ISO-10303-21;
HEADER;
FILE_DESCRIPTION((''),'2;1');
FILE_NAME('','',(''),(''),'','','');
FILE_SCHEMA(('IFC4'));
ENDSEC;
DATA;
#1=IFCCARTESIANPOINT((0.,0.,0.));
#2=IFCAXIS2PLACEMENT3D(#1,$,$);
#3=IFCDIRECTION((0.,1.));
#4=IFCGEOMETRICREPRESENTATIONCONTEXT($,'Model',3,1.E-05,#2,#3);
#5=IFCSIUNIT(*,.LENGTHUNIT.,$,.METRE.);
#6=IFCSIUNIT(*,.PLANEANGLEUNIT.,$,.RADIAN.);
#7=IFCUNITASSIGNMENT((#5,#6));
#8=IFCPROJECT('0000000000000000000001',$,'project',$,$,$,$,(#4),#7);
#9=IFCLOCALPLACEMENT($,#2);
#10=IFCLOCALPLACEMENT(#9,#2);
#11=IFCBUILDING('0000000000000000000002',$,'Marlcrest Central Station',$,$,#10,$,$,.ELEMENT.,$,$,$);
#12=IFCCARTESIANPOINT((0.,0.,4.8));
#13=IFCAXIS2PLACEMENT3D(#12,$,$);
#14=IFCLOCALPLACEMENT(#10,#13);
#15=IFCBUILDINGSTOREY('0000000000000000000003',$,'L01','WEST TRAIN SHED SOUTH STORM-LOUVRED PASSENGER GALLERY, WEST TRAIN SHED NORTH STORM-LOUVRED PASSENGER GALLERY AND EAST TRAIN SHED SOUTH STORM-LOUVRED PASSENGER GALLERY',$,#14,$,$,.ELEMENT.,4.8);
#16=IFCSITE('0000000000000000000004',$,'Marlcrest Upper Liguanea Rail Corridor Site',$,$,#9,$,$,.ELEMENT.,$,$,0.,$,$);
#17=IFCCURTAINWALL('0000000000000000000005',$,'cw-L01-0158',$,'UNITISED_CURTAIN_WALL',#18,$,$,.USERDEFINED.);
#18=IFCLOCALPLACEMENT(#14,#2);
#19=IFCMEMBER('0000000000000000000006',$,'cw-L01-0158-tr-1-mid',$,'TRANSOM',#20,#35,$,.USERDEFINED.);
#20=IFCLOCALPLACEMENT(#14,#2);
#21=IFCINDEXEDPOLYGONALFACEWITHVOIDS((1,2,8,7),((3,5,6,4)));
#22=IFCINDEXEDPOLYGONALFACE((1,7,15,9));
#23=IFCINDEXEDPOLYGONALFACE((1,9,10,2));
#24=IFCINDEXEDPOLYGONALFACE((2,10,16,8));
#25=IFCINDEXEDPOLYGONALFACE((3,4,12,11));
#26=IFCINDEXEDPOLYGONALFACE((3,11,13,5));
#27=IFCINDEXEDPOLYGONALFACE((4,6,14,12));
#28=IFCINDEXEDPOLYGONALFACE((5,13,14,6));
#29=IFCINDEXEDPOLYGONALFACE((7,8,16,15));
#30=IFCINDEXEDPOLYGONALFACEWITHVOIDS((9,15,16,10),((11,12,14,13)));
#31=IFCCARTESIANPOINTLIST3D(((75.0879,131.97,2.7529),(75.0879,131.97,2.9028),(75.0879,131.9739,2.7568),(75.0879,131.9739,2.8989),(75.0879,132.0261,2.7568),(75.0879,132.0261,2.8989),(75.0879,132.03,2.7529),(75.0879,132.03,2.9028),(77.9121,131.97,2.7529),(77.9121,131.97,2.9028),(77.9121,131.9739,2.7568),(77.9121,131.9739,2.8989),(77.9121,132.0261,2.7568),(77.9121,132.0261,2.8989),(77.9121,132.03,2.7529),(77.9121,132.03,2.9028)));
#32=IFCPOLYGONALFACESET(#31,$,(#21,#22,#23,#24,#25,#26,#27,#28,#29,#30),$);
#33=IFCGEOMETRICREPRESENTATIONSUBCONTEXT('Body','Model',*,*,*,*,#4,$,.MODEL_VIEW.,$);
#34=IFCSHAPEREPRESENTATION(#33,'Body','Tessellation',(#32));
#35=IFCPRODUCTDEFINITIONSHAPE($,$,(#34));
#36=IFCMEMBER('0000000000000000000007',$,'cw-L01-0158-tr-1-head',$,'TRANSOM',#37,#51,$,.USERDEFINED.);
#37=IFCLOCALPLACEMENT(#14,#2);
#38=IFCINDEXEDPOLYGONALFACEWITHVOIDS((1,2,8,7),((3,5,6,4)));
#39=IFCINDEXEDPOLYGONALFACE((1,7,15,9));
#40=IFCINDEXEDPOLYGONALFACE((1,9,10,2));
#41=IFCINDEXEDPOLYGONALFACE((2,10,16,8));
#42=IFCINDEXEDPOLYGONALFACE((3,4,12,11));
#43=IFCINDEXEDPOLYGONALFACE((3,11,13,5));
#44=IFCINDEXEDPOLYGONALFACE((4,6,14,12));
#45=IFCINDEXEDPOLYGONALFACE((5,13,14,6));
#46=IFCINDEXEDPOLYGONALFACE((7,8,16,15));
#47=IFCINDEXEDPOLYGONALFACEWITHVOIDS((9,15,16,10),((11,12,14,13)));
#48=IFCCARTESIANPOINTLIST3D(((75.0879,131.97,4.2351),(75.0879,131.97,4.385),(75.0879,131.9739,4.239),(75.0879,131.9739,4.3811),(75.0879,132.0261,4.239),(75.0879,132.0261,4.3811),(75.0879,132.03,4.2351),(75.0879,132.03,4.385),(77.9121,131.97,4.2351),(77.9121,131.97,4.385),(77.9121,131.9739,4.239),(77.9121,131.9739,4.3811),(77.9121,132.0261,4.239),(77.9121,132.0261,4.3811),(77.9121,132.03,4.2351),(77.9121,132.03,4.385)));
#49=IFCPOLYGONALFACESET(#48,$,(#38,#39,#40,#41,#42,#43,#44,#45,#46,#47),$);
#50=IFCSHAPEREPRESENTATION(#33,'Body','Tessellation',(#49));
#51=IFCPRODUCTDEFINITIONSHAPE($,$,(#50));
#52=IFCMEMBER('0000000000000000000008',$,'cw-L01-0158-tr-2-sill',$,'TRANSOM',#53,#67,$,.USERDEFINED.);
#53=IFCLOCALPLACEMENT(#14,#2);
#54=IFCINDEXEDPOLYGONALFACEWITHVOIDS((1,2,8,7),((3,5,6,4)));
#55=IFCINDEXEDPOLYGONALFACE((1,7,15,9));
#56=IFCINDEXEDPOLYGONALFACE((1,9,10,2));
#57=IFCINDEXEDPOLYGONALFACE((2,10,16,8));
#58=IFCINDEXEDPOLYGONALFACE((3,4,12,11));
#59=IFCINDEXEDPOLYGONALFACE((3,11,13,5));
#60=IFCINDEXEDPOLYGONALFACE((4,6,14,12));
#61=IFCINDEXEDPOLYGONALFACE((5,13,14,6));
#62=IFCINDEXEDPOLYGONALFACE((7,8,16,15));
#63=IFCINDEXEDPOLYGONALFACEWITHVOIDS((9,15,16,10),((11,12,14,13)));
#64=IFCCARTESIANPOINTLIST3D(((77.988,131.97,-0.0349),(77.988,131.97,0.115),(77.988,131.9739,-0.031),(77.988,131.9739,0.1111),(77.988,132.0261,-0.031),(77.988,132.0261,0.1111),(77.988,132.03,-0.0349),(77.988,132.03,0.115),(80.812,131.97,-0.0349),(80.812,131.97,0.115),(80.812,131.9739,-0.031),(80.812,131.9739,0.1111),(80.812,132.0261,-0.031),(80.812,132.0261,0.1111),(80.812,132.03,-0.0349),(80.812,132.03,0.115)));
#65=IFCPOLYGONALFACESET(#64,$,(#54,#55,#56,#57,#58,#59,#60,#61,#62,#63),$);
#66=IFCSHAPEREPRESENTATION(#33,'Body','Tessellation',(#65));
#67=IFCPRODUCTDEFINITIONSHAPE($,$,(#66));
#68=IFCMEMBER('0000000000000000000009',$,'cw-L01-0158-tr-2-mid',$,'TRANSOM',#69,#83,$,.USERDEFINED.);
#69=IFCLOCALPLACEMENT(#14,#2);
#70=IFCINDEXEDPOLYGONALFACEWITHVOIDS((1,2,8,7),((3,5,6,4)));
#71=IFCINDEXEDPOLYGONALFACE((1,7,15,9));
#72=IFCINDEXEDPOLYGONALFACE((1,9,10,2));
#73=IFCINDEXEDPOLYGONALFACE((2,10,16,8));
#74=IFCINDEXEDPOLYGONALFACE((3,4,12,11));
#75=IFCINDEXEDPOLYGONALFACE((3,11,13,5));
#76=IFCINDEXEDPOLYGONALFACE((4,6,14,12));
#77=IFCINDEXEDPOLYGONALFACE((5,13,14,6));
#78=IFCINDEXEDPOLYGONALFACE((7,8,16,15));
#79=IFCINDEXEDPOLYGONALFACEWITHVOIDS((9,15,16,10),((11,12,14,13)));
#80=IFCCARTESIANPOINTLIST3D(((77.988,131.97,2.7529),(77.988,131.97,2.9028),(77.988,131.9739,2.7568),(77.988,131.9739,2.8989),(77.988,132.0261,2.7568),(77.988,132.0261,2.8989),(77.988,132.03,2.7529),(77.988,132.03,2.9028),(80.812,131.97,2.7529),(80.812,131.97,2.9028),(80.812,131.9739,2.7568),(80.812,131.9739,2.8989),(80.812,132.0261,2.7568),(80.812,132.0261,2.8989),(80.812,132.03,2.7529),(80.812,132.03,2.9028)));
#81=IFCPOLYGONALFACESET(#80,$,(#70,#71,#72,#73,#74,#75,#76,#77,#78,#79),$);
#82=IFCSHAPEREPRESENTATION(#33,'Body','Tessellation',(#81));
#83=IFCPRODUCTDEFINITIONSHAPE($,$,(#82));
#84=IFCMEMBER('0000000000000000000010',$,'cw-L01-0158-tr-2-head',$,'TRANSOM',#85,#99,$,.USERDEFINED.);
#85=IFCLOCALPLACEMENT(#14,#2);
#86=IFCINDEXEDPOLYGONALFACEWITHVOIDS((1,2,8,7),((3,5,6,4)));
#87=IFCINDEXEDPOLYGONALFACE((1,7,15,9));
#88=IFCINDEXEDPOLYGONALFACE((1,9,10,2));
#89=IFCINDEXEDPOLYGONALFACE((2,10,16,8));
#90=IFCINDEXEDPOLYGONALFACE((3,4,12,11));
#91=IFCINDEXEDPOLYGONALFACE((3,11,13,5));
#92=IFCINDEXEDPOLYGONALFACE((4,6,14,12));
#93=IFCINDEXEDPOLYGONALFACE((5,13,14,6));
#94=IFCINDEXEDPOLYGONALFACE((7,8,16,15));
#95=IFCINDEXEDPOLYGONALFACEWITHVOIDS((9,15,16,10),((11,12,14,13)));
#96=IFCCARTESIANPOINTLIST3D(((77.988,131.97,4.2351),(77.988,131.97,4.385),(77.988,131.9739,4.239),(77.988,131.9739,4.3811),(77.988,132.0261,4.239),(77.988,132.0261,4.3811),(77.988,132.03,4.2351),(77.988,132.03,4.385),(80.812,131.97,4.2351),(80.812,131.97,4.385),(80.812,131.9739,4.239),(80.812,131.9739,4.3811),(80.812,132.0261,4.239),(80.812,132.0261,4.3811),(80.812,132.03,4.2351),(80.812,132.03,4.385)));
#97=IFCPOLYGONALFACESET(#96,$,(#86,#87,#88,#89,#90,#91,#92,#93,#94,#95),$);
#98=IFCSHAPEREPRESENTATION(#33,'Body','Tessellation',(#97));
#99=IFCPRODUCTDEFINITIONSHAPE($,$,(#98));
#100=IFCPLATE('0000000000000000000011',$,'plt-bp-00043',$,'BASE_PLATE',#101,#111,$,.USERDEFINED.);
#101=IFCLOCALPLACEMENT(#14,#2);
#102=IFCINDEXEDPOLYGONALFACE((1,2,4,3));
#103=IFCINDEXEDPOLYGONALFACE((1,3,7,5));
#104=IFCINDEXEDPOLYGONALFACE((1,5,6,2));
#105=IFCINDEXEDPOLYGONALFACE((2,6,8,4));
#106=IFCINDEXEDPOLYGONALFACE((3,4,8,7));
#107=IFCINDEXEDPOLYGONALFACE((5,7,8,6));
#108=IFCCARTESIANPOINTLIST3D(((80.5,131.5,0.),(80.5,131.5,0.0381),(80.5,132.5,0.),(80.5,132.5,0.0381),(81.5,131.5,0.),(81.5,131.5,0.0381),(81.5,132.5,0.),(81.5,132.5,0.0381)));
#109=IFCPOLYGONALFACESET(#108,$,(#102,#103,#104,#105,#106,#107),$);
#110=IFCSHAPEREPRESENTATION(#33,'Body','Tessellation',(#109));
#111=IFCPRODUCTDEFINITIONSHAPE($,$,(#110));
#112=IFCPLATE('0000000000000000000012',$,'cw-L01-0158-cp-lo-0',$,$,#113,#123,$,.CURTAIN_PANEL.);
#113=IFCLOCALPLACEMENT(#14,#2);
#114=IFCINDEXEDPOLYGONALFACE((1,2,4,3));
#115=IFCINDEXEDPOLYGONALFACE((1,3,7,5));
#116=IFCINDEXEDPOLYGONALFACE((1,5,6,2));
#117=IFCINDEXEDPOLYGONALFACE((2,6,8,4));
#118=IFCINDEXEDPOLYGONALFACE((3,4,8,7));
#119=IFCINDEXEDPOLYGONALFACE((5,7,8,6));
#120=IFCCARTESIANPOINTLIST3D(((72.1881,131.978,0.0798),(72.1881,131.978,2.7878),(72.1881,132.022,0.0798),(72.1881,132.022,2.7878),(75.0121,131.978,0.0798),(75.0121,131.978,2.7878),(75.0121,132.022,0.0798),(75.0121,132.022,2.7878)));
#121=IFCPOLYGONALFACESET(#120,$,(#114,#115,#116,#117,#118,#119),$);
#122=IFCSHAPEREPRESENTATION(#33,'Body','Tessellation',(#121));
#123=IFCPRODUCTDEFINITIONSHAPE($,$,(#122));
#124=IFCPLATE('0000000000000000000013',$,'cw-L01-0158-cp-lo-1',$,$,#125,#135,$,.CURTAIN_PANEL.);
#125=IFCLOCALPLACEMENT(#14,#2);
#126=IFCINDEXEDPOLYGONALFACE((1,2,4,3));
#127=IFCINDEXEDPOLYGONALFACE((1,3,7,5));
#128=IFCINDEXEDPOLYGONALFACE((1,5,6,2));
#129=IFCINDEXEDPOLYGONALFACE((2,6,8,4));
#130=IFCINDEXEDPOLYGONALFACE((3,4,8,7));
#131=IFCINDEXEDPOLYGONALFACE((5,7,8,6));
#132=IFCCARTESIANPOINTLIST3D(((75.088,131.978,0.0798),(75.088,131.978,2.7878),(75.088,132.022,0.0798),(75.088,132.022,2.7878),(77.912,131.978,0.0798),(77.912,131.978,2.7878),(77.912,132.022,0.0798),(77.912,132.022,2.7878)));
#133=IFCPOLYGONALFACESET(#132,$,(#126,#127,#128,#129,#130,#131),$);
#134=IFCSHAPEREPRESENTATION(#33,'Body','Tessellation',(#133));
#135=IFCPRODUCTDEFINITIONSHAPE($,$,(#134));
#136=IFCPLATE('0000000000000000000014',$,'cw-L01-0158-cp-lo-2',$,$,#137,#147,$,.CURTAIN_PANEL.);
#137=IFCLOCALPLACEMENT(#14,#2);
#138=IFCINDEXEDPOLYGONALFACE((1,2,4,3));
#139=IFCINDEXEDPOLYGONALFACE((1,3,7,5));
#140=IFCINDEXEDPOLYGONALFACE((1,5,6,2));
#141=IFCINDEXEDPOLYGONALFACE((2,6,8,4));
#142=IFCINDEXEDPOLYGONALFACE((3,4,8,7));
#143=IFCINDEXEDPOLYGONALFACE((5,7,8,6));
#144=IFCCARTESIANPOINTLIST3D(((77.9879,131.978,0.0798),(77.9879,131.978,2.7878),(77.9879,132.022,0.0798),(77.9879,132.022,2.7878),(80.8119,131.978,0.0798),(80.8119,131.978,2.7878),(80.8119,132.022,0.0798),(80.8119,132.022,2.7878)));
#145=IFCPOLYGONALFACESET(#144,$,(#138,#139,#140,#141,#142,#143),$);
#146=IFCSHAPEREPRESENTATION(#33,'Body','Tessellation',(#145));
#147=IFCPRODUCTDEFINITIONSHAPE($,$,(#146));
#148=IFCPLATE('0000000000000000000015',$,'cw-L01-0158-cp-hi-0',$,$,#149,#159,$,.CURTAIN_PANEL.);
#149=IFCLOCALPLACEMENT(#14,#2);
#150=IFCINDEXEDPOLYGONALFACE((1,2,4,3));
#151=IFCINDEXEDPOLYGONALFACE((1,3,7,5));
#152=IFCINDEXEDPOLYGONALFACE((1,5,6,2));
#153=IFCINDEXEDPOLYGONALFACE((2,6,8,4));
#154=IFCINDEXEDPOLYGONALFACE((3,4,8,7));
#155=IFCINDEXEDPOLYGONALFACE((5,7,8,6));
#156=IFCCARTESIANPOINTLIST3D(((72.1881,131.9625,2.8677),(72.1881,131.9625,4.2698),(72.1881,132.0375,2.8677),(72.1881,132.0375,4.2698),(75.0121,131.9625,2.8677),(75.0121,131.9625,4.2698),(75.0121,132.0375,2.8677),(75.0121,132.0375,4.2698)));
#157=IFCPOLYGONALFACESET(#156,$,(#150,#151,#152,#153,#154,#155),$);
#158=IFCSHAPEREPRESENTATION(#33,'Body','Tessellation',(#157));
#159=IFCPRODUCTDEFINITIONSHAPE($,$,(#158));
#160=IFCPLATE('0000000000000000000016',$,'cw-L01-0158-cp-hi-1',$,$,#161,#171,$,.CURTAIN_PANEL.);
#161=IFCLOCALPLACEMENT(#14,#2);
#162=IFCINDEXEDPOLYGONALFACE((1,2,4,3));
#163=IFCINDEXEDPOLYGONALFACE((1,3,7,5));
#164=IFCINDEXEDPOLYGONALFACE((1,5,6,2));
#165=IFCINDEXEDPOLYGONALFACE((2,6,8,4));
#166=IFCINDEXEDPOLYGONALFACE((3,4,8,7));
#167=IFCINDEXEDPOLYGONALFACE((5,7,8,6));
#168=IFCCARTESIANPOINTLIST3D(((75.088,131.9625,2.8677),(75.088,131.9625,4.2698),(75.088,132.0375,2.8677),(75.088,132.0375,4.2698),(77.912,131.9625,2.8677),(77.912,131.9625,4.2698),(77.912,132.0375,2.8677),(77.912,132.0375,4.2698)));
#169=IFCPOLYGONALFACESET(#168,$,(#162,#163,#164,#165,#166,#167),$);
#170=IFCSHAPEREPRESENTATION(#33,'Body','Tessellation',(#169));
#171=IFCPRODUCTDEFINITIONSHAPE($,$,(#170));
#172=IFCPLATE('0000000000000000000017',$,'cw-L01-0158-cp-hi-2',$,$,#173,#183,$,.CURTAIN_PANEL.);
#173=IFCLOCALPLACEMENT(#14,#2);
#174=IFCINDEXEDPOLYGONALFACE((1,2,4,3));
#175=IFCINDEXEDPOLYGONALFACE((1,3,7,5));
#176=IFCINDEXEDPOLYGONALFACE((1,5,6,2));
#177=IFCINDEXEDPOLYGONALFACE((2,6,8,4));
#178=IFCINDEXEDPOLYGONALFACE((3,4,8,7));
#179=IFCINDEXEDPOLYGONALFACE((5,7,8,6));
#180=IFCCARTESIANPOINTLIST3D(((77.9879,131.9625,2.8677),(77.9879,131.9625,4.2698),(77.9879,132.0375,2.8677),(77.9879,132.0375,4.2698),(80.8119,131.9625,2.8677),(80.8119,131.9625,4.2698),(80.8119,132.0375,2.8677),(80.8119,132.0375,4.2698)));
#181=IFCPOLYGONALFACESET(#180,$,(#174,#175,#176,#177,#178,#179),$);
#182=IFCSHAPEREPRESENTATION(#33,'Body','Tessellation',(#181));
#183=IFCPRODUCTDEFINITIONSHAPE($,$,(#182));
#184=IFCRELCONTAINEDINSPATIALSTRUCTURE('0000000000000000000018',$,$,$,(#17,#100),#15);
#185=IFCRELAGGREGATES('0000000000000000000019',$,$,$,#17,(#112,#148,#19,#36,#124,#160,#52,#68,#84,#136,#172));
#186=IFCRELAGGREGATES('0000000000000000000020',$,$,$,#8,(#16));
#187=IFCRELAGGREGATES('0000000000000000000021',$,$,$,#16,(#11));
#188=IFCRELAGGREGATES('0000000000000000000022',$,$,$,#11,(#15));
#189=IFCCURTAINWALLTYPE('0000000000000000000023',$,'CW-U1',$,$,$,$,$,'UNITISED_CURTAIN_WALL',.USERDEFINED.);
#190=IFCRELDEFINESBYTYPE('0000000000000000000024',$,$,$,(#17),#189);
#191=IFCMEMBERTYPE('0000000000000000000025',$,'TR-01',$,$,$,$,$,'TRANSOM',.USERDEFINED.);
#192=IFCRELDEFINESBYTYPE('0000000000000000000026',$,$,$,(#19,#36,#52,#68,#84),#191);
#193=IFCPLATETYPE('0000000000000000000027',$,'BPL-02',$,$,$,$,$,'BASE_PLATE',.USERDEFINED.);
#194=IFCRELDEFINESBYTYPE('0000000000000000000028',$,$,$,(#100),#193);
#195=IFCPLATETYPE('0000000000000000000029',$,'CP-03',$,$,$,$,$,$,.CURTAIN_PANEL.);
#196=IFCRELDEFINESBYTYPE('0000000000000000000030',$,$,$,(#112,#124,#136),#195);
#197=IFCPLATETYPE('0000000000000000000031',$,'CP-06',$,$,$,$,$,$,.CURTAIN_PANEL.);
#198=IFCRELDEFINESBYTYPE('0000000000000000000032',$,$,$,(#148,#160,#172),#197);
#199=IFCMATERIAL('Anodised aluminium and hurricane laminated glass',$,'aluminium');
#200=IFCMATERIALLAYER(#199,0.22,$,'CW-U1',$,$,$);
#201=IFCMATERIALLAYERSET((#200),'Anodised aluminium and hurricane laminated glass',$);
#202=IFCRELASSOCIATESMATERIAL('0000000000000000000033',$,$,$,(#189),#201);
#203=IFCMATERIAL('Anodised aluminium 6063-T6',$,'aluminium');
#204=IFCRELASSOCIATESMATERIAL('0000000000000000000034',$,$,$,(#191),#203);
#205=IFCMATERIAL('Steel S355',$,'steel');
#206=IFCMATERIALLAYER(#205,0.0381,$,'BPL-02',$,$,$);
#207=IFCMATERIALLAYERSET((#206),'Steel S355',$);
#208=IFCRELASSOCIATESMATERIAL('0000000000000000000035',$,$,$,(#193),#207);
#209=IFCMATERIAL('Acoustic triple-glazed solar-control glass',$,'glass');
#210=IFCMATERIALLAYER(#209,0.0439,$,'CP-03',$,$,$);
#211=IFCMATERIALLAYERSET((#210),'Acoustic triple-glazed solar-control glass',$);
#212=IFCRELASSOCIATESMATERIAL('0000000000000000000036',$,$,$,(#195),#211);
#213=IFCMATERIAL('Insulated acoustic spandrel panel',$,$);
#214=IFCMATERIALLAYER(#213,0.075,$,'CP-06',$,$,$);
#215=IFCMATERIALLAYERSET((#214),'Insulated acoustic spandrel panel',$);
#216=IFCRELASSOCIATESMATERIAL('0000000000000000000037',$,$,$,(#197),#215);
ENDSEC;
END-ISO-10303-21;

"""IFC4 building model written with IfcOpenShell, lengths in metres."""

from ifc_helpers import new_model, si_unit, direction, frame, origin, origin_2d, place, context, subcontext, project, spatial, rectangle, hollow_rectangle, extrude, material, layer, layer_set, material_profile, profile_set, type_object, element, aggregate, save


model = new_model("IFC4")

# Units and contexts
model_context = context("Model", 3, precision=1e-05, world=origin(), true_north=direction((0.0, 1.0)))
body_context = subcontext(model_context, "Body", "Model", "MODEL_VIEW")
ifc_project = project(units=[si_unit("LENGTHUNIT", "METRE"), si_unit("PLANEANGLEUNIT", "RADIAN")], contexts=[model_context])

# Site, building, storey
site_placement = place(None, origin())
site = spatial("IfcSite", under=ifc_project, at=site_placement, Name="Marlcrest Upper Liguanea Rail Corridor Site", CompositionType="ELEMENT", RefElevation=0.0)
building_placement = place(site_placement, origin())
building = spatial("IfcBuilding", under=site, at=building_placement, Name="Marlcrest Central Station", CompositionType="ELEMENT")
storey_placement = place(building_placement, frame((0.0, 0.0, 4.8)))
storey = spatial("IfcBuildingStorey", under=building, at=storey_placement, Name="L01", Description="WEST TRAIN SHED SOUTH STORM-LOUVRED PASSENGER GALLERY, WEST TRAIN SHED NORTH STORM-LOUVRED PASSENGER GALLERY AND EAST TRAIN SHED SOUTH STORM-LOUVRED PASSENGER GALLERY", CompositionType="ELEMENT", Elevation=4.8)

# Shared definitions
ifc_material_1 = material(Name="Steel S355", Category="steel")

# Curtain wall, members
ifc_material_2 = material(Name="Anodised aluminium and hurricane laminated glass", Category="aluminium")
ifc_layer_1 = layer(ifc_material_2, 0.22, Name="CW-U1")
ifc_layer_set_1 = layer_set([ifc_layer_1], Name="Anodised aluminium and hurricane laminated glass")
curtain_wall_type = type_object("IfcCurtainWallType", Name="CW-U1", ElementType="UNITISED_CURTAIN_WALL", PredefinedType="USERDEFINED", material=ifc_layer_set_1)
curtain_wall_placement = place(storey_placement, origin())
curtain_wall = element("IfcCurtainWall", 1, at=curtain_wall_placement, inside=storey, type_object=curtain_wall_type, Name="cw-L01-0158", ObjectType="UNITISED_CURTAIN_WALL", PredefinedType="USERDEFINED")
ifc_material_3 = material(Name="Anodised aluminium 6063-T6", Category="aluminium")
ifc_material_profile_1 = material_profile(ifc_material_3, hollow_rectangle(XDim=0.0601, YDim=0.1499, WallThickness=0.0039, at=origin_2d()), Name="AA-RHS 150x60x4")
ifc_profile_set_1 = profile_set([ifc_material_profile_1], Name="Anodised aluminium 6063-T6")
member_type_1 = type_object("IfcMemberType", Name="TR-01", ElementType="TRANSOM", PredefinedType="USERDEFINED", material=ifc_profile_set_1)
member_1_placement = place(storey_placement, frame((75.0879, 132.0, 2.8279), z_axis=(1.0, 0.0, 0.0), x_axis=(0.0, 1.0, 0.0)))
member_1 = element("IfcMember", 2, at=member_1_placement, type_object=member_type_1, Name="cw-L01-0158-tr-1-mid", ObjectType="TRANSOM", PredefinedType="USERDEFINED", context=body_context, shape_type="SweptSolid", body=[
    extrude(hollow_rectangle(XDim=0.0601, YDim=0.1499, WallThickness=0.0039, at=origin_2d()), origin(), (0.0, 0.0, 1.0), 2.8242),
])
member_2_placement = place(storey_placement, frame((75.0879, 132.0, 4.3101), z_axis=(1.0, 0.0, 0.0), x_axis=(0.0, 1.0, 0.0)))
member_2 = element("IfcMember", 3, at=member_2_placement, type_object=member_type_1, Name="cw-L01-0158-tr-1-head", ObjectType="TRANSOM", PredefinedType="USERDEFINED", context=body_context, shape_type="SweptSolid", body=[
    extrude(hollow_rectangle(XDim=0.0601, YDim=0.1499, WallThickness=0.0039, at=origin_2d()), origin(), (0.0, 0.0, 1.0), 2.8242),
])
member_3_placement = place(storey_placement, frame((77.988, 132.0, 0.04), z_axis=(1.0, 0.0, 0.0), x_axis=(0.0, 1.0, 0.0)))
member_3 = element("IfcMember", 4, at=member_3_placement, type_object=member_type_1, Name="cw-L01-0158-tr-2-sill", ObjectType="TRANSOM", PredefinedType="USERDEFINED", context=body_context, shape_type="SweptSolid", body=[
    extrude(hollow_rectangle(XDim=0.0601, YDim=0.1499, WallThickness=0.0039, at=origin_2d()), origin(), (0.0, 0.0, 1.0), 2.824),
])
member_4_placement = place(storey_placement, frame((77.988, 132.0, 2.8279), z_axis=(1.0, 0.0, 0.0), x_axis=(0.0, 1.0, 0.0)))
member_4 = element("IfcMember", 5, at=member_4_placement, type_object=member_type_1, Name="cw-L01-0158-tr-2-mid", ObjectType="TRANSOM", PredefinedType="USERDEFINED", context=body_context, shape_type="SweptSolid", body=[
    extrude(hollow_rectangle(XDim=0.0601, YDim=0.1499, WallThickness=0.0039, at=origin_2d()), origin(), (0.0, 0.0, 1.0), 2.824),
])
member_5_placement = place(storey_placement, frame((77.988, 132.0, 4.3101), z_axis=(1.0, 0.0, 0.0), x_axis=(0.0, 1.0, 0.0)))
member_5 = element("IfcMember", 6, at=member_5_placement, type_object=member_type_1, Name="cw-L01-0158-tr-2-head", ObjectType="TRANSOM", PredefinedType="USERDEFINED", context=body_context, shape_type="SweptSolid", body=[
    extrude(hollow_rectangle(XDim=0.0601, YDim=0.1499, WallThickness=0.0039, at=origin_2d()), origin(), (0.0, 0.0, 1.0), 2.824),
])

# Plates
ifc_layer_2 = layer(ifc_material_1, 0.0381, Name="BPL-02")
ifc_layer_set_2 = layer_set([ifc_layer_2], Name="Steel S355")
plate_type_1 = type_object("IfcPlateType", Name="BPL-02", ElementType="BASE_PLATE", PredefinedType="USERDEFINED", material=ifc_layer_set_2)
plate_1_placement = place(storey_placement, frame((81.0, 132.0, 0.0), z_axis=(0.0, 0.0, 1.0), x_axis=(1.0, 0.0, 0.0)))
element("IfcPlate", 7, at=plate_1_placement, inside=storey, type_object=plate_type_1, Name="plt-bp-00043", ObjectType="BASE_PLATE", PredefinedType="USERDEFINED", context=body_context, shape_type="SweptSolid", body=[
    extrude(rectangle(XDim=1.0, YDim=1.0, at=origin_2d()), origin(), (0.0, 0.0, 1.0), 0.0381),
])
ifc_material_4 = material(Name="Acoustic triple-glazed solar-control glass", Category="glass")
ifc_layer_3 = layer(ifc_material_4, 0.0439, Name="CP-03")
ifc_layer_set_3 = layer_set([ifc_layer_3], Name="Acoustic triple-glazed solar-control glass")
plate_type_2 = type_object("IfcPlateType", Name="CP-03", PredefinedType="CURTAIN_PANEL", material=ifc_layer_set_3)
plate_2_placement = place(storey_placement, frame((73.6001, 132.0, 0.0798), z_axis=(0.0, 0.0, 1.0), x_axis=(1.0, 0.0, 0.0)))
plate_2 = element("IfcPlate", 8, at=plate_2_placement, type_object=plate_type_2, Name="cw-L01-0158-cp-lo-0", PredefinedType="CURTAIN_PANEL", context=body_context, shape_type="SweptSolid", body=[
    extrude(rectangle(XDim=2.824, YDim=0.0439, at=origin_2d()), origin(), (0.0, 0.0, 1.0), 2.708),
])
plate_3_placement = place(storey_placement, frame((76.5, 132.0, 0.0798), z_axis=(0.0, 0.0, 1.0), x_axis=(1.0, 0.0, 0.0)))
plate_3 = element("IfcPlate", 9, at=plate_3_placement, type_object=plate_type_2, Name="cw-L01-0158-cp-lo-1", PredefinedType="CURTAIN_PANEL", context=body_context, shape_type="SweptSolid", body=[
    extrude(rectangle(XDim=2.824, YDim=0.0439, at=origin_2d()), origin(), (0.0, 0.0, 1.0), 2.708),
])
plate_4_placement = place(storey_placement, frame((79.3999, 132.0, 0.0798), z_axis=(0.0, 0.0, 1.0), x_axis=(1.0, 0.0, 0.0)))
plate_4 = element("IfcPlate", 10, at=plate_4_placement, type_object=plate_type_2, Name="cw-L01-0158-cp-lo-2", PredefinedType="CURTAIN_PANEL", context=body_context, shape_type="SweptSolid", body=[
    extrude(rectangle(XDim=2.824, YDim=0.0439, at=origin_2d()), origin(), (0.0, 0.0, 1.0), 2.708),
])
ifc_material_5 = material(Name="Insulated acoustic spandrel panel")
ifc_layer_4 = layer(ifc_material_5, 0.075, Name="CP-06")
ifc_layer_set_4 = layer_set([ifc_layer_4], Name="Insulated acoustic spandrel panel")
plate_type_3 = type_object("IfcPlateType", Name="CP-06", PredefinedType="CURTAIN_PANEL", material=ifc_layer_set_4)
plate_5_placement = place(storey_placement, frame((73.6001, 132.0, 2.8677), z_axis=(0.0, 0.0, 1.0), x_axis=(1.0, 0.0, 0.0)))
plate_5 = element("IfcPlate", 11, at=plate_5_placement, type_object=plate_type_3, Name="cw-L01-0158-cp-hi-0", PredefinedType="CURTAIN_PANEL", context=body_context, shape_type="SweptSolid", body=[
    extrude(rectangle(XDim=2.824, YDim=0.075, at=origin_2d()), origin(), (0.0, 0.0, 1.0), 1.4021),
])
plate_6_placement = place(storey_placement, frame((76.5, 132.0, 2.8677), z_axis=(0.0, 0.0, 1.0), x_axis=(1.0, 0.0, 0.0)))
plate_6 = element("IfcPlate", 12, at=plate_6_placement, type_object=plate_type_3, Name="cw-L01-0158-cp-hi-1", PredefinedType="CURTAIN_PANEL", context=body_context, shape_type="SweptSolid", body=[
    extrude(rectangle(XDim=2.824, YDim=0.075, at=origin_2d()), origin(), (0.0, 0.0, 1.0), 1.4021),
])
plate_7_placement = place(storey_placement, frame((79.3999, 132.0, 2.8677), z_axis=(0.0, 0.0, 1.0), x_axis=(1.0, 0.0, 0.0)))
plate_7 = element("IfcPlate", 13, at=plate_7_placement, type_object=plate_type_3, Name="cw-L01-0158-cp-hi-2", PredefinedType="CURTAIN_PANEL", context=body_context, shape_type="SweptSolid", body=[
    extrude(rectangle(XDim=2.824, YDim=0.075, at=origin_2d()), origin(), (0.0, 0.0, 1.0), 1.4021),
])
aggregate(curtain_wall, [plate_2, plate_5, member_1, member_2, plate_3, plate_6, member_3, member_4, member_5, plate_4, plate_7])

save(model, "model.ifc")
